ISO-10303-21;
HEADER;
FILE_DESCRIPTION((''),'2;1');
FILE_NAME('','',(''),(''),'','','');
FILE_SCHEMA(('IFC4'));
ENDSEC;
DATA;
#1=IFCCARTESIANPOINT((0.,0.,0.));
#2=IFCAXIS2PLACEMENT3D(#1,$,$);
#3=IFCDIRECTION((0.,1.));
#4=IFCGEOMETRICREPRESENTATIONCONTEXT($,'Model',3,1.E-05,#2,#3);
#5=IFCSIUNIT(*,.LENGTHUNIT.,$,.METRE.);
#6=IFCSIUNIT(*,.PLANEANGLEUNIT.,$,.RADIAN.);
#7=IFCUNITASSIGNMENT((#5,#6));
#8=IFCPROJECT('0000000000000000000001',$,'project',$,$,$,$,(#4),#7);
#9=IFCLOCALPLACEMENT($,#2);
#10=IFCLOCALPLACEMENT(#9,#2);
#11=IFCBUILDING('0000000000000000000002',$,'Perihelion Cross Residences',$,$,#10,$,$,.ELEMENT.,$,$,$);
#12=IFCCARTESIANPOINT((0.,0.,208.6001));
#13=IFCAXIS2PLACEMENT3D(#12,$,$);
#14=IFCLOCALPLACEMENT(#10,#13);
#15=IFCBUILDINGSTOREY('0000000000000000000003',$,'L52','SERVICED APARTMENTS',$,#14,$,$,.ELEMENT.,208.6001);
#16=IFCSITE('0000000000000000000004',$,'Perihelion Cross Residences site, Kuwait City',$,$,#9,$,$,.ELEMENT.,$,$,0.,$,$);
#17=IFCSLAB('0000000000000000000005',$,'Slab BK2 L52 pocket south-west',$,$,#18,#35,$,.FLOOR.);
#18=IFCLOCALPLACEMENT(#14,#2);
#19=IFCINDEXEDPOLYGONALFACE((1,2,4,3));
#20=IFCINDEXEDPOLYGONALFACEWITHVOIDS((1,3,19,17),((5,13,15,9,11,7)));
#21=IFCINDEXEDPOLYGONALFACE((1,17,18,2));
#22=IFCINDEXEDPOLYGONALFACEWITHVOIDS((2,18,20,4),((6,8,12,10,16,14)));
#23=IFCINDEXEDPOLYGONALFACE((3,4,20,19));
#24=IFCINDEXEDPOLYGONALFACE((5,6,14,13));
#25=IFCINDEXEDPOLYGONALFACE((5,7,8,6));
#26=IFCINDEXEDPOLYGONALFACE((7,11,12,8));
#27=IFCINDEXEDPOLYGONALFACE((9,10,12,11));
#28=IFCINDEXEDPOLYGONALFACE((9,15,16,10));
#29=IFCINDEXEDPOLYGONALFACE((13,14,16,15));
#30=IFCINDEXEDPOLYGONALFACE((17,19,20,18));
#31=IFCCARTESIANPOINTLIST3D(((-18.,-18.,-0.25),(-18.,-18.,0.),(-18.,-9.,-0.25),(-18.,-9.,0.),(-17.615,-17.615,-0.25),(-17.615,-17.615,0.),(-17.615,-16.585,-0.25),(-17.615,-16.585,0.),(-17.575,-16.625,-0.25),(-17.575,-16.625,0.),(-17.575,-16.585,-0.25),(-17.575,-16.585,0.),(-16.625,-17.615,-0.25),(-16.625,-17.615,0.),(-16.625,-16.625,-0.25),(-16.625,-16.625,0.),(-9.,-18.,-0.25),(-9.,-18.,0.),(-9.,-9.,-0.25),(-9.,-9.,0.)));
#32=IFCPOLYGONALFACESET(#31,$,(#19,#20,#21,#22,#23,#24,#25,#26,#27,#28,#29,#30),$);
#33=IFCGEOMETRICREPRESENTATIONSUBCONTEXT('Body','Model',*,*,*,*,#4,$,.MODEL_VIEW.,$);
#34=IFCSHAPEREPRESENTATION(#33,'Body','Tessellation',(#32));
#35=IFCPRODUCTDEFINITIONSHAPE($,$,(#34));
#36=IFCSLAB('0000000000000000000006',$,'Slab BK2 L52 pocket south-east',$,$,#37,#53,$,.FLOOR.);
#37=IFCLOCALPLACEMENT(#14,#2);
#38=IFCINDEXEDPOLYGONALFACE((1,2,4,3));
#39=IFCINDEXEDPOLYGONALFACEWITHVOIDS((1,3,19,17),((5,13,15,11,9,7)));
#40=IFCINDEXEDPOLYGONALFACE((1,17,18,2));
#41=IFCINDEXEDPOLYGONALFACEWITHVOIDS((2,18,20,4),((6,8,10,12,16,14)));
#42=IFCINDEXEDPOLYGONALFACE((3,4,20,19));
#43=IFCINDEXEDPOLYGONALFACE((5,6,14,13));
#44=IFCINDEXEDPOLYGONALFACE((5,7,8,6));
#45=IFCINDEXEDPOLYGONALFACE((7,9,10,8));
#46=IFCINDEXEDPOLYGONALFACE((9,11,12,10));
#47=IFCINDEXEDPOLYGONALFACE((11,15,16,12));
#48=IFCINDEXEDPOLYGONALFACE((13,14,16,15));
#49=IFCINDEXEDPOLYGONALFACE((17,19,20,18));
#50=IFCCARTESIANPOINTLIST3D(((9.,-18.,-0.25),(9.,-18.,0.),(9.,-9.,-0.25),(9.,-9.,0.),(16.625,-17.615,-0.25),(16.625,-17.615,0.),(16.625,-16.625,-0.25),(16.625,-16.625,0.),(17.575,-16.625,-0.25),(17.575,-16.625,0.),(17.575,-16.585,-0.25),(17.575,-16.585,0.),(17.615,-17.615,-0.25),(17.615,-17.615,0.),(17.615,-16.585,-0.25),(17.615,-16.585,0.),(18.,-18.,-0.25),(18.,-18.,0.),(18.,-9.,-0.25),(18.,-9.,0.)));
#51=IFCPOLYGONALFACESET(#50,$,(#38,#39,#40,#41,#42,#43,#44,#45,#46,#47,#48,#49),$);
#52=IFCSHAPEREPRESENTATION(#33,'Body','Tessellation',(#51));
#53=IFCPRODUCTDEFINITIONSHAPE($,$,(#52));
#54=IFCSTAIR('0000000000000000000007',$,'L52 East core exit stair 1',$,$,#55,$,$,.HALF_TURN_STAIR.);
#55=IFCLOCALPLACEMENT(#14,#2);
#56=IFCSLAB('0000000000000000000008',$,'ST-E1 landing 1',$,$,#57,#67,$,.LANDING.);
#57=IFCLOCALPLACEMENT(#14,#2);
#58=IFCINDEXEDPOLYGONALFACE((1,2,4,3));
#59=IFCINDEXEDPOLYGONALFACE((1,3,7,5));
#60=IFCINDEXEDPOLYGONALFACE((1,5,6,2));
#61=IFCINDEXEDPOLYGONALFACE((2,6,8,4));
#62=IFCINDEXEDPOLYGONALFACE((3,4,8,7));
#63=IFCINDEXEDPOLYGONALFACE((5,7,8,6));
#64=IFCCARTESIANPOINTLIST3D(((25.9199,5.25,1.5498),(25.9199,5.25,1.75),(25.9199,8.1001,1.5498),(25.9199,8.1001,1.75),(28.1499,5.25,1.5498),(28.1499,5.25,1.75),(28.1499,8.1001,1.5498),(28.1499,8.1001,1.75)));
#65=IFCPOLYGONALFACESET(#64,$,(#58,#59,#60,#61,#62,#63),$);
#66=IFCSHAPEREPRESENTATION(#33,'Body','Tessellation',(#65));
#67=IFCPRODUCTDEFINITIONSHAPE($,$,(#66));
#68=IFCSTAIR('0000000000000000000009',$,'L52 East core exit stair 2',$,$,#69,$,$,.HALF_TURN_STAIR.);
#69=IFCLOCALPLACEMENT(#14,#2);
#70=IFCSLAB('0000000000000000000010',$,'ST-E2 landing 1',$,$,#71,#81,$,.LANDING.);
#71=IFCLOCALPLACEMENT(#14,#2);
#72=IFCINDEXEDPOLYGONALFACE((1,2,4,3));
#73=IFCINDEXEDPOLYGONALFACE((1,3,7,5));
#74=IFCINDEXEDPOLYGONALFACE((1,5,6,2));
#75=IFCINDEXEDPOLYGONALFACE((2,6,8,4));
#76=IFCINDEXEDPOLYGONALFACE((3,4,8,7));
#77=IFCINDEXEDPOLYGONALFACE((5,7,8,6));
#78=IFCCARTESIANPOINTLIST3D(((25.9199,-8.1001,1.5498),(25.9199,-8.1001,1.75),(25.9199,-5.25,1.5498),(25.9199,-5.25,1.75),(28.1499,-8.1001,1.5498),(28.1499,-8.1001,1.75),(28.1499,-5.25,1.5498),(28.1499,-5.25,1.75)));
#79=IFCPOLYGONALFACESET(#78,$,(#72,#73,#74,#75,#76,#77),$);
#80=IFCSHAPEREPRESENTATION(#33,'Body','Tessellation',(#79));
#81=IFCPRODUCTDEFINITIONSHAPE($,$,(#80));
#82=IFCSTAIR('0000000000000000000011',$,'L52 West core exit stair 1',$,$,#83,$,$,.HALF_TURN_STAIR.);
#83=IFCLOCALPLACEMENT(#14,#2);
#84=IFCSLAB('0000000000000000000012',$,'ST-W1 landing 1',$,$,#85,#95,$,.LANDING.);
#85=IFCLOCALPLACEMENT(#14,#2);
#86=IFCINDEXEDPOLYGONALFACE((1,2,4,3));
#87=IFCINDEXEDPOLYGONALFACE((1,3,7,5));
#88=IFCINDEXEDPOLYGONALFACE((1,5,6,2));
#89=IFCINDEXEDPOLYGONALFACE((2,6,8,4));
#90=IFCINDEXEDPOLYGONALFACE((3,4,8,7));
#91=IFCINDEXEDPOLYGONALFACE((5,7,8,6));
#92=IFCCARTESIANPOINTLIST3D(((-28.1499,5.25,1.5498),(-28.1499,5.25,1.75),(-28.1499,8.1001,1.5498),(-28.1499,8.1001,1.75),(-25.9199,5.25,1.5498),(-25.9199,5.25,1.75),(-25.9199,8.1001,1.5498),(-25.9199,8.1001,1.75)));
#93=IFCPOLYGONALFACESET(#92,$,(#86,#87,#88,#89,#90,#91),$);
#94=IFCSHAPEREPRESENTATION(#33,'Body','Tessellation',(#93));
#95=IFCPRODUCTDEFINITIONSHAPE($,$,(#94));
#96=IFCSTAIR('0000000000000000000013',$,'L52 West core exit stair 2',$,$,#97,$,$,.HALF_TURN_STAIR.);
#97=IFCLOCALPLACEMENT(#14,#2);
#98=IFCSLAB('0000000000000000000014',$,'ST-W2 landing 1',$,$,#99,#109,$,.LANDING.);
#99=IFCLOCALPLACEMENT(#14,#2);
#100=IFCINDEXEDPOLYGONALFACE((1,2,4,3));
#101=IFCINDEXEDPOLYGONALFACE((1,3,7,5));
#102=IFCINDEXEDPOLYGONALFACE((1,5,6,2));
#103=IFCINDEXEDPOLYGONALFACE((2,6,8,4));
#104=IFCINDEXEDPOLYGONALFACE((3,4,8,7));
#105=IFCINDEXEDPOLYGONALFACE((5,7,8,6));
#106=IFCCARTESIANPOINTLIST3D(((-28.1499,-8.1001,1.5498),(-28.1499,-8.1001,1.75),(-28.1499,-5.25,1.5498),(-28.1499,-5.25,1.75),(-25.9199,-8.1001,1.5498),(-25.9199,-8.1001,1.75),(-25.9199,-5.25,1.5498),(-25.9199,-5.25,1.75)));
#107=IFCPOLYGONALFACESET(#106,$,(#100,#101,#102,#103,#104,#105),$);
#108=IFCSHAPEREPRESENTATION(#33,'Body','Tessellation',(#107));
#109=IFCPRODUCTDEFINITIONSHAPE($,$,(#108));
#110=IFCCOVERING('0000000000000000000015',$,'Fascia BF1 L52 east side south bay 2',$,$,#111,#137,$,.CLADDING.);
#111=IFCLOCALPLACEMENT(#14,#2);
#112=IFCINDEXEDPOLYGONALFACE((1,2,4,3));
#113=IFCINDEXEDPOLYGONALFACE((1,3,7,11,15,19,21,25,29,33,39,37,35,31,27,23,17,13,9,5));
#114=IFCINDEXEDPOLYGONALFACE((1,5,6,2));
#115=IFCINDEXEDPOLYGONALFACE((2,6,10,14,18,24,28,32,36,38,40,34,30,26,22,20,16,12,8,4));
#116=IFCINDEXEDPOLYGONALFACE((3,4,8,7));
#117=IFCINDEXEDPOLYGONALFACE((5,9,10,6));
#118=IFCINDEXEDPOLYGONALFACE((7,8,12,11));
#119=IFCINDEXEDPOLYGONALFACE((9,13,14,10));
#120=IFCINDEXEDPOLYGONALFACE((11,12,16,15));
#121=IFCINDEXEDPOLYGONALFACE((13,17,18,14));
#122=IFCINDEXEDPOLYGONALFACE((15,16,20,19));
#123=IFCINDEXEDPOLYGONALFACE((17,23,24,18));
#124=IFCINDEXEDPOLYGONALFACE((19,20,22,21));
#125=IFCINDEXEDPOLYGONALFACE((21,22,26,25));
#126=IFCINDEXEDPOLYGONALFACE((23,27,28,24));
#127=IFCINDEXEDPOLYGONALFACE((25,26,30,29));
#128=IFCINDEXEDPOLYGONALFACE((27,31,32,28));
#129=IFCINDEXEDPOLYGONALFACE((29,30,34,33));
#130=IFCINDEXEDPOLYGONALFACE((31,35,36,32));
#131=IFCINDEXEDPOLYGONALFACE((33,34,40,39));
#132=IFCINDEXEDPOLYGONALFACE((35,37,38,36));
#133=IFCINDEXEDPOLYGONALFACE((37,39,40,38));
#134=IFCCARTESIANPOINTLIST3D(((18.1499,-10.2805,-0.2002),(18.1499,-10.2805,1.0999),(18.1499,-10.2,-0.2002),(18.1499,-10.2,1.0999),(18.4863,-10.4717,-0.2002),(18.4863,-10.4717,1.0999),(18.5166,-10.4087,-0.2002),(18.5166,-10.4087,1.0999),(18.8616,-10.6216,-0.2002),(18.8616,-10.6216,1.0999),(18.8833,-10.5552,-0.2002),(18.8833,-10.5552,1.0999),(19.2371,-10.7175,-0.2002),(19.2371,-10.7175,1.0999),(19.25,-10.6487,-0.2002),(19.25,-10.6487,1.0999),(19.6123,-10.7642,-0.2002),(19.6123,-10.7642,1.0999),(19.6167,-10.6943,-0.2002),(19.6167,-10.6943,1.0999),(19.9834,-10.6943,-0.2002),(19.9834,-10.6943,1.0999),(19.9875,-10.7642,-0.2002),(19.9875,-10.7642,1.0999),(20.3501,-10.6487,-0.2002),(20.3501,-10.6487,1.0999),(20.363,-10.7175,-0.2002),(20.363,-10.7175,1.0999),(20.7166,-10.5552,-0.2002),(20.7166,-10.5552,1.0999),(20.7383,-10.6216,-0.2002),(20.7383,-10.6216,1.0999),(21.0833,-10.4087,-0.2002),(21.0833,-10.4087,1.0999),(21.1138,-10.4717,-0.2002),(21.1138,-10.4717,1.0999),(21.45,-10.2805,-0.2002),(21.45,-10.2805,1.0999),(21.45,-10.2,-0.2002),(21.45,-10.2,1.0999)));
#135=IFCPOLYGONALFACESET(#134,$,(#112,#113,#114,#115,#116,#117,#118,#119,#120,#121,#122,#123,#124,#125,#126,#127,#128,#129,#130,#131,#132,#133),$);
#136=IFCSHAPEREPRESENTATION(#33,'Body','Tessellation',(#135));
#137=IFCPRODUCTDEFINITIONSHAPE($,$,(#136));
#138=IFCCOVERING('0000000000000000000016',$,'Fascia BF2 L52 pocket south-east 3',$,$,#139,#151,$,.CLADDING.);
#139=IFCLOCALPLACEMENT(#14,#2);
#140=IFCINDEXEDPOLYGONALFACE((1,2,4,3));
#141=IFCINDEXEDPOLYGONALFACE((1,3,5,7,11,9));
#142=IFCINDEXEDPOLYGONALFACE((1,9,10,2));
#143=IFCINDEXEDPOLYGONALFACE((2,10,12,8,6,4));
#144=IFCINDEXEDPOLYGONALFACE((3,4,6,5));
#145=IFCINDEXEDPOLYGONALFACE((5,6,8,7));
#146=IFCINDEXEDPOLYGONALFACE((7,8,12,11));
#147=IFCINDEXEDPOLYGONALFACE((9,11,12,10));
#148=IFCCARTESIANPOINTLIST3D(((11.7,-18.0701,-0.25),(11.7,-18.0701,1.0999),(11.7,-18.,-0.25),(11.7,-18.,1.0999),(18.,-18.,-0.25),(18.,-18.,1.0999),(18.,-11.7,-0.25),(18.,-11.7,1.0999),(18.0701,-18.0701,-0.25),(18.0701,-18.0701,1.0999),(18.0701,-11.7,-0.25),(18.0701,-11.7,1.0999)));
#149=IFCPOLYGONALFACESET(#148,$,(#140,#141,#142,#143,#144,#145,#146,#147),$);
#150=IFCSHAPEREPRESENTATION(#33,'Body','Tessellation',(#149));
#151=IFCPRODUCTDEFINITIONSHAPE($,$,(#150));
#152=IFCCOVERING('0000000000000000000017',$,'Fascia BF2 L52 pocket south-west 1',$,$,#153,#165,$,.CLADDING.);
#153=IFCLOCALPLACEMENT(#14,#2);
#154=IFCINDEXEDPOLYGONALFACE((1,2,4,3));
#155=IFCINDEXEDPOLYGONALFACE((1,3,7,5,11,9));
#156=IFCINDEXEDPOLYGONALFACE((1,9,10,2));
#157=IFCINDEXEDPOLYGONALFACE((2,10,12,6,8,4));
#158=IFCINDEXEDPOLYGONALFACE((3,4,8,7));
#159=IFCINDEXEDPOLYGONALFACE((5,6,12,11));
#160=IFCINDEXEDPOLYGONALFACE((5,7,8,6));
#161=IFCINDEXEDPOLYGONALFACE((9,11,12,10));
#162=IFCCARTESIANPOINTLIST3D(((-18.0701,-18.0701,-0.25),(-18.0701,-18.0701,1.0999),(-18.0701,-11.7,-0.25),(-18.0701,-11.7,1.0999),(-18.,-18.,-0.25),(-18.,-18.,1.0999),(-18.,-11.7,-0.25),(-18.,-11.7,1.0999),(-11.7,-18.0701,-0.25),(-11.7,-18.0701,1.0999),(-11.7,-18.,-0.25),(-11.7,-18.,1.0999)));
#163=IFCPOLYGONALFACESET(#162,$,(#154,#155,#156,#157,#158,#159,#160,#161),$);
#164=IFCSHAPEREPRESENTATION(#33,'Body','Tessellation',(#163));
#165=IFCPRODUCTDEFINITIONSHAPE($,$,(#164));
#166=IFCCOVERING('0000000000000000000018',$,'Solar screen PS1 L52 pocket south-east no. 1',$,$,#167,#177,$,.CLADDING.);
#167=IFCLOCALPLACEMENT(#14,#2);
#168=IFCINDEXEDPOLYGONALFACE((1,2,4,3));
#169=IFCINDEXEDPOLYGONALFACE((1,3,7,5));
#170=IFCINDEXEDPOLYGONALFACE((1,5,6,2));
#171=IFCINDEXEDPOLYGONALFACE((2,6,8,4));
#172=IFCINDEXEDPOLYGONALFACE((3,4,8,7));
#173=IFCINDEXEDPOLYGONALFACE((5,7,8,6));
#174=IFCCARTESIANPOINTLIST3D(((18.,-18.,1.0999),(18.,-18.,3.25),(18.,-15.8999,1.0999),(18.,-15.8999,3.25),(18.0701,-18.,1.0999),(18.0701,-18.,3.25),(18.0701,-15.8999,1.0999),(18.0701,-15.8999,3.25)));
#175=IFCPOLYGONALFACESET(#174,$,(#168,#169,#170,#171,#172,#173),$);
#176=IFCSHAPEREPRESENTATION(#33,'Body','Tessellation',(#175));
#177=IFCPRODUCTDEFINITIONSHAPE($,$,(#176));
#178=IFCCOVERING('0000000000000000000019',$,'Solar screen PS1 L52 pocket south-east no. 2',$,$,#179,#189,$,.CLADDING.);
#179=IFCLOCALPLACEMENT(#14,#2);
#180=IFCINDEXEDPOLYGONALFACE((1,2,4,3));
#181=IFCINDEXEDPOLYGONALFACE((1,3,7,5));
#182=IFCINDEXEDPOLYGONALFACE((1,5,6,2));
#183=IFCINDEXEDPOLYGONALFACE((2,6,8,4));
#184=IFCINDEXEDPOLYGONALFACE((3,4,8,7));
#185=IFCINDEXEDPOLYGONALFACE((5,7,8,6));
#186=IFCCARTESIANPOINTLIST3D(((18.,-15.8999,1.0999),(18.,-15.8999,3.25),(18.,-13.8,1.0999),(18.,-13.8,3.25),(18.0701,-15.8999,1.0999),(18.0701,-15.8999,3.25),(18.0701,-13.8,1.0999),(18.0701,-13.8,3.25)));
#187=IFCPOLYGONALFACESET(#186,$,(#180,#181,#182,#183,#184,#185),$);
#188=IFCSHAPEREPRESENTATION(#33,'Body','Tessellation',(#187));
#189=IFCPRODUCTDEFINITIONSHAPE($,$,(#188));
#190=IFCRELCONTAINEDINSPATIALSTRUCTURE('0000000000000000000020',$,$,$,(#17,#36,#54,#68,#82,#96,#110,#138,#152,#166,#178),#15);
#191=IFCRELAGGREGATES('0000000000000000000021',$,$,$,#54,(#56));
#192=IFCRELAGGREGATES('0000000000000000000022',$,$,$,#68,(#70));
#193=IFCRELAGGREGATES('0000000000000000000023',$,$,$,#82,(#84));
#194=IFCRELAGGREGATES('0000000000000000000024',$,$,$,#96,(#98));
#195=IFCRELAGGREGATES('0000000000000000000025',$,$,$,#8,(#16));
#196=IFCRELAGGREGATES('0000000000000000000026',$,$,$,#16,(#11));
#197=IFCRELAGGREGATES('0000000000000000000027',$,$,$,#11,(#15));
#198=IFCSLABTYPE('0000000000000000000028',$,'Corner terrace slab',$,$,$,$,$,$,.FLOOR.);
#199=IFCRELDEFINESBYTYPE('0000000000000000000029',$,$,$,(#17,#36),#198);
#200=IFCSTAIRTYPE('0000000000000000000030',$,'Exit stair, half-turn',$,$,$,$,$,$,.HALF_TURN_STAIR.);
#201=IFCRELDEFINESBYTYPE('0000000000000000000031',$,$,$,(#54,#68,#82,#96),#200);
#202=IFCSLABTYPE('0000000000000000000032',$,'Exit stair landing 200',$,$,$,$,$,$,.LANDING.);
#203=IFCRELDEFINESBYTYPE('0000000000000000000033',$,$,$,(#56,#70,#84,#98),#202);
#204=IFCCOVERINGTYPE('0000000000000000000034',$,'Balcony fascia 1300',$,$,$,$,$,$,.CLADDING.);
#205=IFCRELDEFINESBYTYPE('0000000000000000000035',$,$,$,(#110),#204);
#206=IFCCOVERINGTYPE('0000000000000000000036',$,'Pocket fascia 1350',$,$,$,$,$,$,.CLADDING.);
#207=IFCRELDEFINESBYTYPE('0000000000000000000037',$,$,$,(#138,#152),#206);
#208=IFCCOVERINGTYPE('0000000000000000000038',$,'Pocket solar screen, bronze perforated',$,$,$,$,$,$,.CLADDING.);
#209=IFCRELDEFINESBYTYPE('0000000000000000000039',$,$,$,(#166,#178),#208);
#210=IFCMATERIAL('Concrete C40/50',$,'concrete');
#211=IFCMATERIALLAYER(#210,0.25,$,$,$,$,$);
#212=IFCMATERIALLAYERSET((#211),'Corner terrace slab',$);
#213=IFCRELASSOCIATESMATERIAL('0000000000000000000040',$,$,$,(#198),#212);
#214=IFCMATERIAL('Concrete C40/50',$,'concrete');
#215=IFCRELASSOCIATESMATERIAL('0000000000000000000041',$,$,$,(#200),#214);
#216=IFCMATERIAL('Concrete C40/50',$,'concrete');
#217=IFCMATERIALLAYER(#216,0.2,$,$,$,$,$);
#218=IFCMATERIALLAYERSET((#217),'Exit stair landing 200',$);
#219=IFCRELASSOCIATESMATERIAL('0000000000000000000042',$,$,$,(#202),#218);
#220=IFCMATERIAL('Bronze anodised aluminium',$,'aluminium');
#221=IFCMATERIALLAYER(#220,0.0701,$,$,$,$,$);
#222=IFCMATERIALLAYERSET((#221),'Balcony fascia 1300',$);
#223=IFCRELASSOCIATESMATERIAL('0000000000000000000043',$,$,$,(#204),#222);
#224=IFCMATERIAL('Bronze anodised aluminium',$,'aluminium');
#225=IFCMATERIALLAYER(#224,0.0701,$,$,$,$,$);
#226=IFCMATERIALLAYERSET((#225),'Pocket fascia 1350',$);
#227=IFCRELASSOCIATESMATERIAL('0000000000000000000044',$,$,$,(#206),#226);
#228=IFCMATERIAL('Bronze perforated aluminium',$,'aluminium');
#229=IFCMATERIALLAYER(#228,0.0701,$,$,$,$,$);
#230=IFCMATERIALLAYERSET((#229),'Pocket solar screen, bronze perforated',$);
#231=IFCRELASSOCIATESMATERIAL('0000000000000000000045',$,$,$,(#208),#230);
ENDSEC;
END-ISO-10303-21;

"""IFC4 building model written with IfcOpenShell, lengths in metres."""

from ifc_helpers import new_model, si_unit, direction, frame, origin, place, context, subcontext, project, spatial, polyline, outline, extrude, material, layer, layer_set, type_object, element, aggregate, save


model = new_model("IFC4")

# Units and contexts
model_context = context("Model", 3, precision=1e-05, world=origin(), true_north=direction((0.0, 1.0)))
body_context = subcontext(model_context, "Body", "Model", "MODEL_VIEW")
ifc_project = project(units=[si_unit("LENGTHUNIT", "METRE"), si_unit("PLANEANGLEUNIT", "RADIAN")], contexts=[model_context])

# Site, building, storey
site_placement = place(None, origin())
site = spatial("IfcSite", under=ifc_project, at=site_placement, Name="Perihelion Cross Residences site, Kuwait City", CompositionType="ELEMENT", RefElevation=0.0)
building_placement = place(site_placement, origin())
building = spatial("IfcBuilding", under=site, at=building_placement, Name="Perihelion Cross Residences", CompositionType="ELEMENT")
storey_placement = place(building_placement, frame((0.0, 0.0, 208.6001)))
storey = spatial("IfcBuildingStorey", under=building, at=storey_placement, Name="L52", Description="SERVICED APARTMENTS", CompositionType="ELEMENT", Elevation=208.6001)

# Slabs
ifc_material_1 = material(Name="Concrete C40/50", Category="concrete")
ifc_layer_1 = layer(ifc_material_1, 0.25)
ifc_layer_set_1 = layer_set([ifc_layer_1], Name="Corner terrace slab")
slab_type_1 = type_object("IfcSlabType", Name="Corner terrace slab", PredefinedType="FLOOR", material=ifc_layer_set_1)
slab_1_placement = place(storey_placement, frame((0.0, 0.0, -0.25)))
element("IfcSlab", 1, at=slab_1_placement, inside=storey, type_object=slab_type_1, Name="Slab BK2 L52 pocket south-west", PredefinedType="FLOOR", context=body_context, shape_type="SweptSolid", body=[
    extrude(outline(polyline([(-9.0, -18.0), (-9.0, -9.0), (-18.0, -9.0), (-18.0, -18.0), (-9.0, -18.0)]), holes=[polyline([(-16.625, -17.615), (-17.615, -17.615), (-17.615, -16.585), (-17.575, -16.585), (-17.575, -16.625), (-16.625, -16.625), (-16.625, -17.615)])]), origin(), (0.0, 0.0, 1.0), 0.25),
])
slab_2_placement = place(storey_placement, frame((0.0, 0.0, -0.25)))
element("IfcSlab", 2, at=slab_2_placement, inside=storey, type_object=slab_type_1, Name="Slab BK2 L52 pocket south-east", PredefinedType="FLOOR", context=body_context, shape_type="SweptSolid", body=[
    extrude(outline(polyline([(18.0, -18.0), (18.0, -9.0), (9.0, -9.0), (9.0, -18.0), (18.0, -18.0)]), holes=[polyline([(16.625, -17.615), (16.625, -16.625), (17.575, -16.625), (17.575, -16.585), (17.615, -16.585), (17.615, -17.615), (16.625, -17.615)])]), origin(), (0.0, 0.0, 1.0), 0.25),
])

# Stairs, slabs
ifc_material_2 = material(Name="Concrete C40/50", Category="concrete")
stair_type = type_object("IfcStairType", Name="Exit stair, half-turn", PredefinedType="HALF_TURN_STAIR", material=ifc_material_2)
stair_1_placement = place(storey_placement, origin())
stair_1 = element("IfcStair", 3, at=stair_1_placement, inside=storey, type_object=stair_type, Name="L52 East core exit stair 1", PredefinedType="HALF_TURN_STAIR")
ifc_material_3 = material(Name="Concrete C40/50", Category="concrete")
ifc_layer_2 = layer(ifc_material_3, 0.2)
ifc_layer_set_2 = layer_set([ifc_layer_2], Name="Exit stair landing 200")
slab_type_2 = type_object("IfcSlabType", Name="Exit stair landing 200", PredefinedType="LANDING", material=ifc_layer_set_2)
slab_3_placement = place(storey_placement, frame((0.0, 0.0, 1.5498)))
slab_3 = element("IfcSlab", 4, at=slab_3_placement, type_object=slab_type_2, Name="ST-E1 landing 1", PredefinedType="LANDING", context=body_context, shape_type="SweptSolid", body=[
    extrude(outline(polyline([(25.9199, 5.25), (28.1499, 5.25), (28.1499, 8.1001), (25.9199, 8.1001), (25.9199, 5.25)])), origin(), (0.0, 0.0, 1.0), 0.2002),
])
aggregate(stair_1, [slab_3])
stair_2_placement = place(storey_placement, origin())
stair_2 = element("IfcStair", 5, at=stair_2_placement, inside=storey, type_object=stair_type, Name="L52 East core exit stair 2", PredefinedType="HALF_TURN_STAIR")
slab_4_placement = place(storey_placement, frame((0.0, 0.0, 1.5498)))
slab_4 = element("IfcSlab", 6, at=slab_4_placement, type_object=slab_type_2, Name="ST-E2 landing 1", PredefinedType="LANDING", context=body_context, shape_type="SweptSolid", body=[
    extrude(outline(polyline([(25.9199, -8.1001), (28.1499, -8.1001), (28.1499, -5.25), (25.9199, -5.25), (25.9199, -8.1001)])), origin(), (0.0, 0.0, 1.0), 0.2002),
])
aggregate(stair_2, [slab_4])
stair_3_placement = place(storey_placement, origin())
stair_3 = element("IfcStair", 7, at=stair_3_placement, inside=storey, type_object=stair_type, Name="L52 West core exit stair 1", PredefinedType="HALF_TURN_STAIR")
slab_5_placement = place(storey_placement, frame((0.0, 0.0, 1.5498)))
slab_5 = element("IfcSlab", 8, at=slab_5_placement, type_object=slab_type_2, Name="ST-W1 landing 1", PredefinedType="LANDING", context=body_context, shape_type="SweptSolid", body=[
    extrude(outline(polyline([(-25.9199, 8.1001), (-28.1499, 8.1001), (-28.1499, 5.25), (-25.9199, 5.25), (-25.9199, 8.1001)])), origin(), (0.0, 0.0, 1.0), 0.2002),
])
aggregate(stair_3, [slab_5])
stair_4_placement = place(storey_placement, origin())
stair_4 = element("IfcStair", 9, at=stair_4_placement, inside=storey, type_object=stair_type, Name="L52 West core exit stair 2", PredefinedType="HALF_TURN_STAIR")
slab_6_placement = place(storey_placement, frame((0.0, 0.0, 1.5498)))
slab_6 = element("IfcSlab", 10, at=slab_6_placement, type_object=slab_type_2, Name="ST-W2 landing 1", PredefinedType="LANDING", context=body_context, shape_type="SweptSolid", body=[
    extrude(outline(polyline([(-25.9199, -5.25), (-28.1499, -5.25), (-28.1499, -8.1001), (-25.9199, -8.1001), (-25.9199, -5.25)])), origin(), (0.0, 0.0, 1.0), 0.2002),
])
aggregate(stair_4, [slab_6])

# Coverings
ifc_material_4 = material(Name="Bronze anodised aluminium", Category="aluminium")
ifc_layer_3 = layer(ifc_material_4, 0.0701)
ifc_layer_set_3 = layer_set([ifc_layer_3], Name="Balcony fascia 1300")
covering_type_1 = type_object("IfcCoveringType", Name="Balcony fascia 1300", PredefinedType="CLADDING", material=ifc_layer_set_3)
covering_1_placement = place(storey_placement, frame((0.0, 0.0, -0.2002)))
element("IfcCovering", 11, at=covering_1_placement, inside=storey, type_object=covering_type_1, Name="Fascia BF1 L52 east side south bay 2", PredefinedType="CLADDING", context=body_context, shape_type="SweptSolid", body=[
    extrude(outline(polyline([(18.4863, -10.4717), (18.8616, -10.6216), (19.2371, -10.7175), (19.6123, -10.7642), (19.9875, -10.7642), (20.363, -10.7175), (20.7383, -10.6216), (21.1138, -10.4717), (21.45, -10.2805), (21.45, -10.2), (21.0833, -10.4087), (20.7166, -10.5552), (20.3501, -10.6487), (19.9834, -10.6943), (19.6167, -10.6943), (19.25, -10.6487), (18.8833, -10.5552), (18.5166, -10.4087), (18.1499, -10.2), (18.1499, -10.2805), (18.4863, -10.4717)])), origin(), (0.0, 0.0, 1.0), 1.3),
])
ifc_material_5 = material(Name="Bronze anodised aluminium", Category="aluminium")
ifc_layer_4 = layer(ifc_material_5, 0.0701)
ifc_layer_set_4 = layer_set([ifc_layer_4], Name="Pocket fascia 1350")
covering_type_2 = type_object("IfcCoveringType", Name="Pocket fascia 1350", PredefinedType="CLADDING", material=ifc_layer_set_4)
covering_2_placement = place(storey_placement, frame((0.0, 0.0, -0.25)))
element("IfcCovering", 12, at=covering_2_placement, inside=storey, type_object=covering_type_2, Name="Fascia BF2 L52 pocket south-east 3", PredefinedType="CLADDING", context=body_context, shape_type="SweptSolid", body=[
    extrude(outline(polyline([(18.0701, -18.0701), (18.0701, -11.7), (18.0, -11.7), (18.0, -18.0), (11.7, -18.0), (11.7, -18.0701), (18.0701, -18.0701)])), origin(), (0.0, 0.0, 1.0), 1.3499),
])
covering_3_placement = place(storey_placement, frame((0.0, 0.0, -0.25)))
element("IfcCovering", 13, at=covering_3_placement, inside=storey, type_object=covering_type_2, Name="Fascia BF2 L52 pocket south-west 1", PredefinedType="CLADDING", context=body_context, shape_type="SweptSolid", body=[
    extrude(outline(polyline([(-18.0701, -11.7), (-18.0701, -18.0701), (-11.7, -18.0701), (-11.7, -18.0), (-18.0, -18.0), (-18.0, -11.7), (-18.0701, -11.7)])), origin(), (0.0, 0.0, 1.0), 1.3499),
])
ifc_material_6 = material(Name="Bronze perforated aluminium", Category="aluminium")
ifc_layer_5 = layer(ifc_material_6, 0.0701)
ifc_layer_set_5 = layer_set([ifc_layer_5], Name="Pocket solar screen, bronze perforated")
covering_type_3 = type_object("IfcCoveringType", Name="Pocket solar screen, bronze perforated", PredefinedType="CLADDING", material=ifc_layer_set_5)
covering_4_placement = place(storey_placement, frame((0.0, 0.0, 1.0999)))
element("IfcCovering", 14, at=covering_4_placement, inside=storey, type_object=covering_type_3, Name="Solar screen PS1 L52 pocket south-east no. 1", PredefinedType="CLADDING", context=body_context, shape_type="SweptSolid", body=[
    extrude(outline(polyline([(18.0701, -18.0), (18.0701, -15.8999), (18.0, -15.8999), (18.0, -18.0), (18.0701, -18.0)])), origin(), (0.0, 0.0, 1.0), 2.1501),
])
covering_5_placement = place(storey_placement, frame((0.0, 0.0, 1.0999)))
element("IfcCovering", 15, at=covering_5_placement, inside=storey, type_object=covering_type_3, Name="Solar screen PS1 L52 pocket south-east no. 2", PredefinedType="CLADDING", context=body_context, shape_type="SweptSolid", body=[
    extrude(outline(polyline([(18.0701, -15.8999), (18.0701, -13.8), (18.0, -13.8), (18.0, -15.8999), (18.0701, -15.8999)])), origin(), (0.0, 0.0, 1.0), 2.1501),
])

save(model, "model.ifc")
